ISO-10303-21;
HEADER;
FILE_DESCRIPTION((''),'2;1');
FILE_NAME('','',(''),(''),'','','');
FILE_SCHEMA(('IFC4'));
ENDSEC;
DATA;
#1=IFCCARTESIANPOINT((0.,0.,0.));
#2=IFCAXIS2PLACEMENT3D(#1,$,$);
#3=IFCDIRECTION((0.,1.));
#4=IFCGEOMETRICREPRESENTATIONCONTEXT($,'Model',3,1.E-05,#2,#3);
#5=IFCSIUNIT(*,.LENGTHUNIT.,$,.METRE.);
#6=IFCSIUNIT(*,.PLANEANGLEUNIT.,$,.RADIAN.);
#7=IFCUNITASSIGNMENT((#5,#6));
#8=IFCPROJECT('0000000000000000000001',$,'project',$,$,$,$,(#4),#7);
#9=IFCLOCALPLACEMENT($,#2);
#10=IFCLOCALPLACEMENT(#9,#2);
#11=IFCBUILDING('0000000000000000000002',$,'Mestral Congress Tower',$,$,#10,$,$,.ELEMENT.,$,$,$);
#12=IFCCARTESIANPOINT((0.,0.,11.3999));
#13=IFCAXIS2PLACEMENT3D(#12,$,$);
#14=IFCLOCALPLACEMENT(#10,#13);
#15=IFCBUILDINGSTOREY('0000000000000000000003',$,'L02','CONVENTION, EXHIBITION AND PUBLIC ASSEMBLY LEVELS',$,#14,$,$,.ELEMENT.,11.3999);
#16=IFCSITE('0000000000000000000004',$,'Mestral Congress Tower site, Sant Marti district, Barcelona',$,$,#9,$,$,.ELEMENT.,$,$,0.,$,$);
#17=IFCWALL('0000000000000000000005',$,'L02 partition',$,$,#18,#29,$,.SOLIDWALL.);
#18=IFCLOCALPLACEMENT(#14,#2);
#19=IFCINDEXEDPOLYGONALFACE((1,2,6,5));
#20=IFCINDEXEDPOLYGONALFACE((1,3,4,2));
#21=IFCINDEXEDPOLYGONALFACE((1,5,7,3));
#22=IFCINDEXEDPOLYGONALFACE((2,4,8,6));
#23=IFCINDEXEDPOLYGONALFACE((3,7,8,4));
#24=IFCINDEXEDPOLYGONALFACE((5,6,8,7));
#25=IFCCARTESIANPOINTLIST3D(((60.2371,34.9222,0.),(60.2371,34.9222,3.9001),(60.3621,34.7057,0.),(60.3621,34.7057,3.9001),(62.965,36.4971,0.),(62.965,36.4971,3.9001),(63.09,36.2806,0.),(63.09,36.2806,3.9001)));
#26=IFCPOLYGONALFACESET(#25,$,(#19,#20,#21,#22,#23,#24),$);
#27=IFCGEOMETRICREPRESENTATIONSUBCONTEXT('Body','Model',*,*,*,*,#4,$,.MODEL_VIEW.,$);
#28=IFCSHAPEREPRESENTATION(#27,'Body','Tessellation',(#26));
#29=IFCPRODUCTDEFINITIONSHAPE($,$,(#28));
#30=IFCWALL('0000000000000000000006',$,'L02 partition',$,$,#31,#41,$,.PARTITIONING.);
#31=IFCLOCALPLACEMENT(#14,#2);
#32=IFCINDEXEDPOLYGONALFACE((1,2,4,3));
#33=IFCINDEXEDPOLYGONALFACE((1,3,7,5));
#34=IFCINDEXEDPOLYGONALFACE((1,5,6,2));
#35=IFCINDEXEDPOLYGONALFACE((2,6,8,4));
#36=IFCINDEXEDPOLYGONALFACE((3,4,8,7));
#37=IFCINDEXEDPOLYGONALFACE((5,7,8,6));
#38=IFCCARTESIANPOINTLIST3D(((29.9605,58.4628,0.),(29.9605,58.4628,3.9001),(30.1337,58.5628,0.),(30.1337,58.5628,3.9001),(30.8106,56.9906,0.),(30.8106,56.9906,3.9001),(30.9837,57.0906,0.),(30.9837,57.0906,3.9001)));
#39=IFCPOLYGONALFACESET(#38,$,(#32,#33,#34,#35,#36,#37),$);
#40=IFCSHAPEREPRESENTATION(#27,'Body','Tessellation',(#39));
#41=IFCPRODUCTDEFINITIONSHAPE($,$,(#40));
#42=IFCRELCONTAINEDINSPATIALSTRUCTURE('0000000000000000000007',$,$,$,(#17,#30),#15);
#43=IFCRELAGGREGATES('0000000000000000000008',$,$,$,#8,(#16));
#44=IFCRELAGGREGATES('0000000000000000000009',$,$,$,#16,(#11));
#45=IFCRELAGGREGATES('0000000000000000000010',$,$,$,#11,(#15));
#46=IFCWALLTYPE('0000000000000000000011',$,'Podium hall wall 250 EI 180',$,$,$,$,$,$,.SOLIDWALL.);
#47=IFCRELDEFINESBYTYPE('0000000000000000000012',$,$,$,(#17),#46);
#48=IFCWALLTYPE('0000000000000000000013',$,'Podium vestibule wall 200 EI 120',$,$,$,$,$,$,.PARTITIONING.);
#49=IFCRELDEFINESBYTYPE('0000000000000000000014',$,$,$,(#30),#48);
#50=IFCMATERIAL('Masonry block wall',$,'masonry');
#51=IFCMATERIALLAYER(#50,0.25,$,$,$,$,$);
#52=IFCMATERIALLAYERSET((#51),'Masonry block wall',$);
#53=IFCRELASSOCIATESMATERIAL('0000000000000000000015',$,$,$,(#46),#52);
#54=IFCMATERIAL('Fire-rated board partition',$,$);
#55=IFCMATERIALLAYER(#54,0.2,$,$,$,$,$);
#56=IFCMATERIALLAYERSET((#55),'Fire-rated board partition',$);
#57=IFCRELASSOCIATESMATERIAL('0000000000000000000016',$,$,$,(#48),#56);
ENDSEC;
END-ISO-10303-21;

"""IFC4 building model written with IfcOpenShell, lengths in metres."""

from ifc_helpers import new_model, si_unit, direction, frame, frame_2d, origin, place, context, subcontext, project, spatial, rectangle, extrude, material, layer, layer_set, type_object, element, save


model = new_model("IFC4")

# Units and contexts
model_context = context("Model", 3, precision=1e-05, world=origin(), true_north=direction((0.0, 1.0)))
body_context = subcontext(model_context, "Body", "Model", "MODEL_VIEW")
ifc_project = project(units=[si_unit("LENGTHUNIT", "METRE"), si_unit("PLANEANGLEUNIT", "RADIAN")], contexts=[model_context])

# Site, building, storey
site_placement = place(None, origin())
site = spatial("IfcSite", under=ifc_project, at=site_placement, Name="Mestral Congress Tower site, Sant Marti district, Barcelona", CompositionType="ELEMENT", RefElevation=0.0)
building_placement = place(site_placement, origin())
building = spatial("IfcBuilding", under=site, at=building_placement, Name="Mestral Congress Tower", CompositionType="ELEMENT")
storey_placement = place(building_placement, frame((0.0, 0.0, 11.3999)))
storey = spatial("IfcBuildingStorey", under=building, at=storey_placement, Name="L02", Description="CONVENTION, EXHIBITION AND PUBLIC ASSEMBLY LEVELS", CompositionType="ELEMENT", Elevation=11.3999)

# Walls
ifc_material_1 = material(Name="Masonry block wall", Category="masonry")
ifc_layer_1 = layer(ifc_material_1, 0.25)
ifc_layer_set_1 = layer_set([ifc_layer_1], Name="Masonry block wall")
wall_type_1 = type_object("IfcWallType", Name="Podium hall wall 250 EI 180", PredefinedType="SOLIDWALL", material=ifc_layer_set_1)
wall_1_placement = place(storey_placement, frame((60.2996, 34.814, 0.0), z_axis=(0.0, 0.0, 1.0), x_axis=(0.866036, 0.499982, 0.0)))
element("IfcWall", 1, at=wall_1_placement, inside=storey, type_object=wall_type_1, Name="L02 partition", PredefinedType="SOLIDWALL", context=body_context, shape_type="SweptSolid", body=[
    extrude(rectangle(XDim=3.1499, YDim=0.25, at=frame_2d((1.575, 0.0))), origin(), (0.0, 0.0, 1.0), 3.9001),
])
ifc_material_2 = material(Name="Fire-rated board partition")
ifc_layer_2 = layer(ifc_material_2, 0.2)
ifc_layer_set_2 = layer_set([ifc_layer_2], Name="Fire-rated board partition")
wall_type_2 = type_object("IfcWallType", Name="Podium vestibule wall 200 EI 120", PredefinedType="PARTITIONING", material=ifc_layer_set_2)
wall_2_placement = place(storey_placement, frame((30.8972, 57.0405, 0.0), z_axis=(0.0, 0.0, 1.0), x_axis=(-0.500062, 0.865989, 0.0)))
element("IfcWall", 2, at=wall_2_placement, inside=storey, type_object=wall_type_2, Name="L02 partition", PredefinedType="PARTITIONING", context=body_context, shape_type="SweptSolid", body=[
    extrude(rectangle(XDim=1.7, YDim=0.2, at=frame_2d((0.8501, 0.0))), origin(), (0.0, 0.0, 1.0), 3.9001),
])

save(model, "model.ifc")
